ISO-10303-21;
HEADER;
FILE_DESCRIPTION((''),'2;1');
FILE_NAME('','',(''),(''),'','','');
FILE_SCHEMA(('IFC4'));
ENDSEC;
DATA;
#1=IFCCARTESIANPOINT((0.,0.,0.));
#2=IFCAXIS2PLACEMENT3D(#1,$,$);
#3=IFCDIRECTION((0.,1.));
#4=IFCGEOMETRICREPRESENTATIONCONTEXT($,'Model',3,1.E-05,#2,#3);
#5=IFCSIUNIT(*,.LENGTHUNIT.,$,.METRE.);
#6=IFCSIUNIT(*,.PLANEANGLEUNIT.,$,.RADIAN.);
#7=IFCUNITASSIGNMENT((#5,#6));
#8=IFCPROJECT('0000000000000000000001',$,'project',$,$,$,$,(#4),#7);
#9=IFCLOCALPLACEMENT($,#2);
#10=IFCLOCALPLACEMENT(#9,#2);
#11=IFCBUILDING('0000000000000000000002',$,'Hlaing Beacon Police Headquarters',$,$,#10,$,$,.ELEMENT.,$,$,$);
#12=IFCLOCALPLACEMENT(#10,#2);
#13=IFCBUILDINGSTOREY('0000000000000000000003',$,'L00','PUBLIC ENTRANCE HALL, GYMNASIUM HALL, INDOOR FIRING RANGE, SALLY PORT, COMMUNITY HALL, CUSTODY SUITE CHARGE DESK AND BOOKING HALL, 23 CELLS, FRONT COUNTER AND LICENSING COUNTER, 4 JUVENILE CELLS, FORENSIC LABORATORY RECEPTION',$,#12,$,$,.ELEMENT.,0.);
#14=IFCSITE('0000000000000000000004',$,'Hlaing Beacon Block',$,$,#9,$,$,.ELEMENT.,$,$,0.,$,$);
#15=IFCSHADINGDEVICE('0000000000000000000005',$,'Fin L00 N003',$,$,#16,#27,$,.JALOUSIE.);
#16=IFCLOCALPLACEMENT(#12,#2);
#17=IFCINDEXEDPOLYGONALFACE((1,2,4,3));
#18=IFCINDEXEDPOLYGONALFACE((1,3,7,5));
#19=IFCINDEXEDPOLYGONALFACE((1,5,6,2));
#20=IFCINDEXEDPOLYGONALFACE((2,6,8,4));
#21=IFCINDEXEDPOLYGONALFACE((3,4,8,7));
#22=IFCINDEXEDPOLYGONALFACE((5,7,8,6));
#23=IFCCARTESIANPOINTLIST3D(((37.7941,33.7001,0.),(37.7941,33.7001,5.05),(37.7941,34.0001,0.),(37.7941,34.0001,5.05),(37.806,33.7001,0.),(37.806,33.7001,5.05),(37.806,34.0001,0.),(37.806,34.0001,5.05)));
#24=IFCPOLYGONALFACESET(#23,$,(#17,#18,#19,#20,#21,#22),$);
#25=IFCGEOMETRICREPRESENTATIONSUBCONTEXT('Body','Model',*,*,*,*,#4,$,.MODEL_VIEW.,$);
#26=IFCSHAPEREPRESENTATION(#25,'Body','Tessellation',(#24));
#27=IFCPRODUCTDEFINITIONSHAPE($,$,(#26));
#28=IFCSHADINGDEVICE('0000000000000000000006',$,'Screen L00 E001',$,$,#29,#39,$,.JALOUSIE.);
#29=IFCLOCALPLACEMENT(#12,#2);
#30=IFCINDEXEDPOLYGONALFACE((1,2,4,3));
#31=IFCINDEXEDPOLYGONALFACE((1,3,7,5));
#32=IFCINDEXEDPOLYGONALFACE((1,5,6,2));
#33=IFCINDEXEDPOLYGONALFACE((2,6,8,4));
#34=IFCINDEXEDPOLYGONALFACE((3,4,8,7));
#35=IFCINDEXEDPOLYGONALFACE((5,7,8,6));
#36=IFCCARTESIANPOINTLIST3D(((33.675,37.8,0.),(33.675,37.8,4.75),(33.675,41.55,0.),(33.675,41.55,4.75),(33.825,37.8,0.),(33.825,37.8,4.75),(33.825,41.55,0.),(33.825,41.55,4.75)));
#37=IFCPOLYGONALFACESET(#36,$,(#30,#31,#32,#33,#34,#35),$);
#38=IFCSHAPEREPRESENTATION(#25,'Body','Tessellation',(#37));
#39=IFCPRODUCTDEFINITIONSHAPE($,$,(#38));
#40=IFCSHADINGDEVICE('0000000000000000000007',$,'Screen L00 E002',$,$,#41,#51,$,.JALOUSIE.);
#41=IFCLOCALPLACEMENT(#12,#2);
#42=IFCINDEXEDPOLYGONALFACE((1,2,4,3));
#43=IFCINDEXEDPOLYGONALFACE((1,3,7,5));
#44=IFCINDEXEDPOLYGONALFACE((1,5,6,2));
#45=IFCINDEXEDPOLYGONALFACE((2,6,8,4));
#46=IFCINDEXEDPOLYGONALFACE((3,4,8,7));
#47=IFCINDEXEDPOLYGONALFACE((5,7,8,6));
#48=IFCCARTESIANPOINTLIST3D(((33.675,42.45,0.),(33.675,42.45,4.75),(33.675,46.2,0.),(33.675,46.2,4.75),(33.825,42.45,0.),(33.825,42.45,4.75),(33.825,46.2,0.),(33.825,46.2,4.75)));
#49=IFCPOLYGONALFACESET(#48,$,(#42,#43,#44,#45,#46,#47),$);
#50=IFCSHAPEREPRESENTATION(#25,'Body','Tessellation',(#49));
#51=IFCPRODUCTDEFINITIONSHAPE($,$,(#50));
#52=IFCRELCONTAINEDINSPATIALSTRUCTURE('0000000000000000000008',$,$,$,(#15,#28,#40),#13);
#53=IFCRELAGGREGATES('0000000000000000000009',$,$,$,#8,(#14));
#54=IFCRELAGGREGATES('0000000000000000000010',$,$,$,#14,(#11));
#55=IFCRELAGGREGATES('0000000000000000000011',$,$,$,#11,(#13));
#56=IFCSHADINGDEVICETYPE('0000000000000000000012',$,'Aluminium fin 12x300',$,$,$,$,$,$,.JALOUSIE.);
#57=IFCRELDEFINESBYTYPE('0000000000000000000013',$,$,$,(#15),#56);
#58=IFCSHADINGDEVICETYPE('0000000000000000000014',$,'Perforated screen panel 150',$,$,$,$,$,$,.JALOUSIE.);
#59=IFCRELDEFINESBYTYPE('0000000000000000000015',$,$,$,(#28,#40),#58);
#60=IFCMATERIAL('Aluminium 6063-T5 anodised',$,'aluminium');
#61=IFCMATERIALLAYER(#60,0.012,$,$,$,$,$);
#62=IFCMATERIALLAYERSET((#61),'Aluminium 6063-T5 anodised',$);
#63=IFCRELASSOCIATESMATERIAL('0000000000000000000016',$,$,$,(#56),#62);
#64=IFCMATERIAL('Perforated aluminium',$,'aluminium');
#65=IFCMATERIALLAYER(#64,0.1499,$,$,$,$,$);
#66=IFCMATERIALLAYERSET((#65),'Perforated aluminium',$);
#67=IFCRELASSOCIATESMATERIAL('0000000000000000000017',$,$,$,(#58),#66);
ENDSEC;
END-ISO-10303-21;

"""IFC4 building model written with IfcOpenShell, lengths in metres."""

from ifc_helpers import new_model, si_unit, direction, frame, origin, origin_2d, place, context, subcontext, project, spatial, rectangle, extrude, material, layer, layer_set, type_object, element, save


model = new_model("IFC4")

# Units and contexts
model_context = context("Model", 3, precision=1e-05, world=origin(), true_north=direction((0.0, 1.0)))
body_context = subcontext(model_context, "Body", "Model", "MODEL_VIEW")
ifc_project = project(units=[si_unit("LENGTHUNIT", "METRE"), si_unit("PLANEANGLEUNIT", "RADIAN")], contexts=[model_context])

# Site, building, storey
site_placement = place(None, origin())
site = spatial("IfcSite", under=ifc_project, at=site_placement, Name="Hlaing Beacon Block", CompositionType="ELEMENT", RefElevation=0.0)
building_placement = place(site_placement, origin())
building = spatial("IfcBuilding", under=site, at=building_placement, Name="Hlaing Beacon Police Headquarters", CompositionType="ELEMENT")
storey_placement = place(building_placement, origin())
storey = spatial("IfcBuildingStorey", under=building, at=storey_placement, Name="L00", Description="PUBLIC ENTRANCE HALL, GYMNASIUM HALL, INDOOR FIRING RANGE, SALLY PORT, COMMUNITY HALL, CUSTODY SUITE CHARGE DESK AND BOOKING HALL, 23 CELLS, FRONT COUNTER AND LICENSING COUNTER, 4 JUVENILE CELLS, FORENSIC LABORATORY RECEPTION", CompositionType="ELEMENT", Elevation=0.0)

# Shading devices
ifc_material_1 = material(Name="Aluminium 6063-T5 anodised", Category="aluminium")
ifc_layer_1 = layer(ifc_material_1, 0.012)
ifc_layer_set_1 = layer_set([ifc_layer_1], Name="Aluminium 6063-T5 anodised")
shading_device_type_1 = type_object("IfcShadingDeviceType", Name="Aluminium fin 12x300", PredefinedType="JALOUSIE", material=ifc_layer_set_1)
shading_device_placement = place(storey_placement, frame((37.8, 33.8501, 0.0), z_axis=(0.0, 0.0, 1.0), x_axis=(-1.0, 0.0, 0.0)))
element("IfcShadingDevice", 1, at=shading_device_placement, inside=storey, type_object=shading_device_type_1, Name="Fin L00 N003", PredefinedType="JALOUSIE", context=body_context, shape_type="SweptSolid", body=[
    extrude(rectangle(XDim=0.012, YDim=0.3, at=origin_2d()), origin(), (0.0, 0.0, 1.0), 5.05),
])
ifc_material_2 = material(Name="Perforated aluminium", Category="aluminium")
ifc_layer_2 = layer(ifc_material_2, 0.1499)
ifc_layer_set_2 = layer_set([ifc_layer_2], Name="Perforated aluminium")
shading_device_type_2 = type_object("IfcShadingDeviceType", Name="Perforated screen panel 150", PredefinedType="JALOUSIE", material=ifc_layer_set_2)
for number, where, z_axis, x_axis, name in (
    (2, (33.75, 39.675, 0.0), (0.0, 0.0, 1.0), (0.0, 1.0, 0.0), "Screen L00 E001"),
    (3, (33.75, 44.325, 0.0), (0.0, 0.0, 1.0), (0.0, 1.0, 0.0), "Screen L00 E002"),
):
    element("IfcShadingDevice", number, at=place(storey_placement, frame(where, z_axis=z_axis, x_axis=x_axis)), inside=storey, type_object=shading_device_type_2, Name=name, PredefinedType="JALOUSIE", context=body_context, shape_type="SweptSolid", body=[
        extrude(rectangle(XDim=3.75, YDim=0.1499, at=origin_2d()), origin(), (0.0, 0.0, 1.0), 4.75),
    ])

save(model, "model.ifc")
